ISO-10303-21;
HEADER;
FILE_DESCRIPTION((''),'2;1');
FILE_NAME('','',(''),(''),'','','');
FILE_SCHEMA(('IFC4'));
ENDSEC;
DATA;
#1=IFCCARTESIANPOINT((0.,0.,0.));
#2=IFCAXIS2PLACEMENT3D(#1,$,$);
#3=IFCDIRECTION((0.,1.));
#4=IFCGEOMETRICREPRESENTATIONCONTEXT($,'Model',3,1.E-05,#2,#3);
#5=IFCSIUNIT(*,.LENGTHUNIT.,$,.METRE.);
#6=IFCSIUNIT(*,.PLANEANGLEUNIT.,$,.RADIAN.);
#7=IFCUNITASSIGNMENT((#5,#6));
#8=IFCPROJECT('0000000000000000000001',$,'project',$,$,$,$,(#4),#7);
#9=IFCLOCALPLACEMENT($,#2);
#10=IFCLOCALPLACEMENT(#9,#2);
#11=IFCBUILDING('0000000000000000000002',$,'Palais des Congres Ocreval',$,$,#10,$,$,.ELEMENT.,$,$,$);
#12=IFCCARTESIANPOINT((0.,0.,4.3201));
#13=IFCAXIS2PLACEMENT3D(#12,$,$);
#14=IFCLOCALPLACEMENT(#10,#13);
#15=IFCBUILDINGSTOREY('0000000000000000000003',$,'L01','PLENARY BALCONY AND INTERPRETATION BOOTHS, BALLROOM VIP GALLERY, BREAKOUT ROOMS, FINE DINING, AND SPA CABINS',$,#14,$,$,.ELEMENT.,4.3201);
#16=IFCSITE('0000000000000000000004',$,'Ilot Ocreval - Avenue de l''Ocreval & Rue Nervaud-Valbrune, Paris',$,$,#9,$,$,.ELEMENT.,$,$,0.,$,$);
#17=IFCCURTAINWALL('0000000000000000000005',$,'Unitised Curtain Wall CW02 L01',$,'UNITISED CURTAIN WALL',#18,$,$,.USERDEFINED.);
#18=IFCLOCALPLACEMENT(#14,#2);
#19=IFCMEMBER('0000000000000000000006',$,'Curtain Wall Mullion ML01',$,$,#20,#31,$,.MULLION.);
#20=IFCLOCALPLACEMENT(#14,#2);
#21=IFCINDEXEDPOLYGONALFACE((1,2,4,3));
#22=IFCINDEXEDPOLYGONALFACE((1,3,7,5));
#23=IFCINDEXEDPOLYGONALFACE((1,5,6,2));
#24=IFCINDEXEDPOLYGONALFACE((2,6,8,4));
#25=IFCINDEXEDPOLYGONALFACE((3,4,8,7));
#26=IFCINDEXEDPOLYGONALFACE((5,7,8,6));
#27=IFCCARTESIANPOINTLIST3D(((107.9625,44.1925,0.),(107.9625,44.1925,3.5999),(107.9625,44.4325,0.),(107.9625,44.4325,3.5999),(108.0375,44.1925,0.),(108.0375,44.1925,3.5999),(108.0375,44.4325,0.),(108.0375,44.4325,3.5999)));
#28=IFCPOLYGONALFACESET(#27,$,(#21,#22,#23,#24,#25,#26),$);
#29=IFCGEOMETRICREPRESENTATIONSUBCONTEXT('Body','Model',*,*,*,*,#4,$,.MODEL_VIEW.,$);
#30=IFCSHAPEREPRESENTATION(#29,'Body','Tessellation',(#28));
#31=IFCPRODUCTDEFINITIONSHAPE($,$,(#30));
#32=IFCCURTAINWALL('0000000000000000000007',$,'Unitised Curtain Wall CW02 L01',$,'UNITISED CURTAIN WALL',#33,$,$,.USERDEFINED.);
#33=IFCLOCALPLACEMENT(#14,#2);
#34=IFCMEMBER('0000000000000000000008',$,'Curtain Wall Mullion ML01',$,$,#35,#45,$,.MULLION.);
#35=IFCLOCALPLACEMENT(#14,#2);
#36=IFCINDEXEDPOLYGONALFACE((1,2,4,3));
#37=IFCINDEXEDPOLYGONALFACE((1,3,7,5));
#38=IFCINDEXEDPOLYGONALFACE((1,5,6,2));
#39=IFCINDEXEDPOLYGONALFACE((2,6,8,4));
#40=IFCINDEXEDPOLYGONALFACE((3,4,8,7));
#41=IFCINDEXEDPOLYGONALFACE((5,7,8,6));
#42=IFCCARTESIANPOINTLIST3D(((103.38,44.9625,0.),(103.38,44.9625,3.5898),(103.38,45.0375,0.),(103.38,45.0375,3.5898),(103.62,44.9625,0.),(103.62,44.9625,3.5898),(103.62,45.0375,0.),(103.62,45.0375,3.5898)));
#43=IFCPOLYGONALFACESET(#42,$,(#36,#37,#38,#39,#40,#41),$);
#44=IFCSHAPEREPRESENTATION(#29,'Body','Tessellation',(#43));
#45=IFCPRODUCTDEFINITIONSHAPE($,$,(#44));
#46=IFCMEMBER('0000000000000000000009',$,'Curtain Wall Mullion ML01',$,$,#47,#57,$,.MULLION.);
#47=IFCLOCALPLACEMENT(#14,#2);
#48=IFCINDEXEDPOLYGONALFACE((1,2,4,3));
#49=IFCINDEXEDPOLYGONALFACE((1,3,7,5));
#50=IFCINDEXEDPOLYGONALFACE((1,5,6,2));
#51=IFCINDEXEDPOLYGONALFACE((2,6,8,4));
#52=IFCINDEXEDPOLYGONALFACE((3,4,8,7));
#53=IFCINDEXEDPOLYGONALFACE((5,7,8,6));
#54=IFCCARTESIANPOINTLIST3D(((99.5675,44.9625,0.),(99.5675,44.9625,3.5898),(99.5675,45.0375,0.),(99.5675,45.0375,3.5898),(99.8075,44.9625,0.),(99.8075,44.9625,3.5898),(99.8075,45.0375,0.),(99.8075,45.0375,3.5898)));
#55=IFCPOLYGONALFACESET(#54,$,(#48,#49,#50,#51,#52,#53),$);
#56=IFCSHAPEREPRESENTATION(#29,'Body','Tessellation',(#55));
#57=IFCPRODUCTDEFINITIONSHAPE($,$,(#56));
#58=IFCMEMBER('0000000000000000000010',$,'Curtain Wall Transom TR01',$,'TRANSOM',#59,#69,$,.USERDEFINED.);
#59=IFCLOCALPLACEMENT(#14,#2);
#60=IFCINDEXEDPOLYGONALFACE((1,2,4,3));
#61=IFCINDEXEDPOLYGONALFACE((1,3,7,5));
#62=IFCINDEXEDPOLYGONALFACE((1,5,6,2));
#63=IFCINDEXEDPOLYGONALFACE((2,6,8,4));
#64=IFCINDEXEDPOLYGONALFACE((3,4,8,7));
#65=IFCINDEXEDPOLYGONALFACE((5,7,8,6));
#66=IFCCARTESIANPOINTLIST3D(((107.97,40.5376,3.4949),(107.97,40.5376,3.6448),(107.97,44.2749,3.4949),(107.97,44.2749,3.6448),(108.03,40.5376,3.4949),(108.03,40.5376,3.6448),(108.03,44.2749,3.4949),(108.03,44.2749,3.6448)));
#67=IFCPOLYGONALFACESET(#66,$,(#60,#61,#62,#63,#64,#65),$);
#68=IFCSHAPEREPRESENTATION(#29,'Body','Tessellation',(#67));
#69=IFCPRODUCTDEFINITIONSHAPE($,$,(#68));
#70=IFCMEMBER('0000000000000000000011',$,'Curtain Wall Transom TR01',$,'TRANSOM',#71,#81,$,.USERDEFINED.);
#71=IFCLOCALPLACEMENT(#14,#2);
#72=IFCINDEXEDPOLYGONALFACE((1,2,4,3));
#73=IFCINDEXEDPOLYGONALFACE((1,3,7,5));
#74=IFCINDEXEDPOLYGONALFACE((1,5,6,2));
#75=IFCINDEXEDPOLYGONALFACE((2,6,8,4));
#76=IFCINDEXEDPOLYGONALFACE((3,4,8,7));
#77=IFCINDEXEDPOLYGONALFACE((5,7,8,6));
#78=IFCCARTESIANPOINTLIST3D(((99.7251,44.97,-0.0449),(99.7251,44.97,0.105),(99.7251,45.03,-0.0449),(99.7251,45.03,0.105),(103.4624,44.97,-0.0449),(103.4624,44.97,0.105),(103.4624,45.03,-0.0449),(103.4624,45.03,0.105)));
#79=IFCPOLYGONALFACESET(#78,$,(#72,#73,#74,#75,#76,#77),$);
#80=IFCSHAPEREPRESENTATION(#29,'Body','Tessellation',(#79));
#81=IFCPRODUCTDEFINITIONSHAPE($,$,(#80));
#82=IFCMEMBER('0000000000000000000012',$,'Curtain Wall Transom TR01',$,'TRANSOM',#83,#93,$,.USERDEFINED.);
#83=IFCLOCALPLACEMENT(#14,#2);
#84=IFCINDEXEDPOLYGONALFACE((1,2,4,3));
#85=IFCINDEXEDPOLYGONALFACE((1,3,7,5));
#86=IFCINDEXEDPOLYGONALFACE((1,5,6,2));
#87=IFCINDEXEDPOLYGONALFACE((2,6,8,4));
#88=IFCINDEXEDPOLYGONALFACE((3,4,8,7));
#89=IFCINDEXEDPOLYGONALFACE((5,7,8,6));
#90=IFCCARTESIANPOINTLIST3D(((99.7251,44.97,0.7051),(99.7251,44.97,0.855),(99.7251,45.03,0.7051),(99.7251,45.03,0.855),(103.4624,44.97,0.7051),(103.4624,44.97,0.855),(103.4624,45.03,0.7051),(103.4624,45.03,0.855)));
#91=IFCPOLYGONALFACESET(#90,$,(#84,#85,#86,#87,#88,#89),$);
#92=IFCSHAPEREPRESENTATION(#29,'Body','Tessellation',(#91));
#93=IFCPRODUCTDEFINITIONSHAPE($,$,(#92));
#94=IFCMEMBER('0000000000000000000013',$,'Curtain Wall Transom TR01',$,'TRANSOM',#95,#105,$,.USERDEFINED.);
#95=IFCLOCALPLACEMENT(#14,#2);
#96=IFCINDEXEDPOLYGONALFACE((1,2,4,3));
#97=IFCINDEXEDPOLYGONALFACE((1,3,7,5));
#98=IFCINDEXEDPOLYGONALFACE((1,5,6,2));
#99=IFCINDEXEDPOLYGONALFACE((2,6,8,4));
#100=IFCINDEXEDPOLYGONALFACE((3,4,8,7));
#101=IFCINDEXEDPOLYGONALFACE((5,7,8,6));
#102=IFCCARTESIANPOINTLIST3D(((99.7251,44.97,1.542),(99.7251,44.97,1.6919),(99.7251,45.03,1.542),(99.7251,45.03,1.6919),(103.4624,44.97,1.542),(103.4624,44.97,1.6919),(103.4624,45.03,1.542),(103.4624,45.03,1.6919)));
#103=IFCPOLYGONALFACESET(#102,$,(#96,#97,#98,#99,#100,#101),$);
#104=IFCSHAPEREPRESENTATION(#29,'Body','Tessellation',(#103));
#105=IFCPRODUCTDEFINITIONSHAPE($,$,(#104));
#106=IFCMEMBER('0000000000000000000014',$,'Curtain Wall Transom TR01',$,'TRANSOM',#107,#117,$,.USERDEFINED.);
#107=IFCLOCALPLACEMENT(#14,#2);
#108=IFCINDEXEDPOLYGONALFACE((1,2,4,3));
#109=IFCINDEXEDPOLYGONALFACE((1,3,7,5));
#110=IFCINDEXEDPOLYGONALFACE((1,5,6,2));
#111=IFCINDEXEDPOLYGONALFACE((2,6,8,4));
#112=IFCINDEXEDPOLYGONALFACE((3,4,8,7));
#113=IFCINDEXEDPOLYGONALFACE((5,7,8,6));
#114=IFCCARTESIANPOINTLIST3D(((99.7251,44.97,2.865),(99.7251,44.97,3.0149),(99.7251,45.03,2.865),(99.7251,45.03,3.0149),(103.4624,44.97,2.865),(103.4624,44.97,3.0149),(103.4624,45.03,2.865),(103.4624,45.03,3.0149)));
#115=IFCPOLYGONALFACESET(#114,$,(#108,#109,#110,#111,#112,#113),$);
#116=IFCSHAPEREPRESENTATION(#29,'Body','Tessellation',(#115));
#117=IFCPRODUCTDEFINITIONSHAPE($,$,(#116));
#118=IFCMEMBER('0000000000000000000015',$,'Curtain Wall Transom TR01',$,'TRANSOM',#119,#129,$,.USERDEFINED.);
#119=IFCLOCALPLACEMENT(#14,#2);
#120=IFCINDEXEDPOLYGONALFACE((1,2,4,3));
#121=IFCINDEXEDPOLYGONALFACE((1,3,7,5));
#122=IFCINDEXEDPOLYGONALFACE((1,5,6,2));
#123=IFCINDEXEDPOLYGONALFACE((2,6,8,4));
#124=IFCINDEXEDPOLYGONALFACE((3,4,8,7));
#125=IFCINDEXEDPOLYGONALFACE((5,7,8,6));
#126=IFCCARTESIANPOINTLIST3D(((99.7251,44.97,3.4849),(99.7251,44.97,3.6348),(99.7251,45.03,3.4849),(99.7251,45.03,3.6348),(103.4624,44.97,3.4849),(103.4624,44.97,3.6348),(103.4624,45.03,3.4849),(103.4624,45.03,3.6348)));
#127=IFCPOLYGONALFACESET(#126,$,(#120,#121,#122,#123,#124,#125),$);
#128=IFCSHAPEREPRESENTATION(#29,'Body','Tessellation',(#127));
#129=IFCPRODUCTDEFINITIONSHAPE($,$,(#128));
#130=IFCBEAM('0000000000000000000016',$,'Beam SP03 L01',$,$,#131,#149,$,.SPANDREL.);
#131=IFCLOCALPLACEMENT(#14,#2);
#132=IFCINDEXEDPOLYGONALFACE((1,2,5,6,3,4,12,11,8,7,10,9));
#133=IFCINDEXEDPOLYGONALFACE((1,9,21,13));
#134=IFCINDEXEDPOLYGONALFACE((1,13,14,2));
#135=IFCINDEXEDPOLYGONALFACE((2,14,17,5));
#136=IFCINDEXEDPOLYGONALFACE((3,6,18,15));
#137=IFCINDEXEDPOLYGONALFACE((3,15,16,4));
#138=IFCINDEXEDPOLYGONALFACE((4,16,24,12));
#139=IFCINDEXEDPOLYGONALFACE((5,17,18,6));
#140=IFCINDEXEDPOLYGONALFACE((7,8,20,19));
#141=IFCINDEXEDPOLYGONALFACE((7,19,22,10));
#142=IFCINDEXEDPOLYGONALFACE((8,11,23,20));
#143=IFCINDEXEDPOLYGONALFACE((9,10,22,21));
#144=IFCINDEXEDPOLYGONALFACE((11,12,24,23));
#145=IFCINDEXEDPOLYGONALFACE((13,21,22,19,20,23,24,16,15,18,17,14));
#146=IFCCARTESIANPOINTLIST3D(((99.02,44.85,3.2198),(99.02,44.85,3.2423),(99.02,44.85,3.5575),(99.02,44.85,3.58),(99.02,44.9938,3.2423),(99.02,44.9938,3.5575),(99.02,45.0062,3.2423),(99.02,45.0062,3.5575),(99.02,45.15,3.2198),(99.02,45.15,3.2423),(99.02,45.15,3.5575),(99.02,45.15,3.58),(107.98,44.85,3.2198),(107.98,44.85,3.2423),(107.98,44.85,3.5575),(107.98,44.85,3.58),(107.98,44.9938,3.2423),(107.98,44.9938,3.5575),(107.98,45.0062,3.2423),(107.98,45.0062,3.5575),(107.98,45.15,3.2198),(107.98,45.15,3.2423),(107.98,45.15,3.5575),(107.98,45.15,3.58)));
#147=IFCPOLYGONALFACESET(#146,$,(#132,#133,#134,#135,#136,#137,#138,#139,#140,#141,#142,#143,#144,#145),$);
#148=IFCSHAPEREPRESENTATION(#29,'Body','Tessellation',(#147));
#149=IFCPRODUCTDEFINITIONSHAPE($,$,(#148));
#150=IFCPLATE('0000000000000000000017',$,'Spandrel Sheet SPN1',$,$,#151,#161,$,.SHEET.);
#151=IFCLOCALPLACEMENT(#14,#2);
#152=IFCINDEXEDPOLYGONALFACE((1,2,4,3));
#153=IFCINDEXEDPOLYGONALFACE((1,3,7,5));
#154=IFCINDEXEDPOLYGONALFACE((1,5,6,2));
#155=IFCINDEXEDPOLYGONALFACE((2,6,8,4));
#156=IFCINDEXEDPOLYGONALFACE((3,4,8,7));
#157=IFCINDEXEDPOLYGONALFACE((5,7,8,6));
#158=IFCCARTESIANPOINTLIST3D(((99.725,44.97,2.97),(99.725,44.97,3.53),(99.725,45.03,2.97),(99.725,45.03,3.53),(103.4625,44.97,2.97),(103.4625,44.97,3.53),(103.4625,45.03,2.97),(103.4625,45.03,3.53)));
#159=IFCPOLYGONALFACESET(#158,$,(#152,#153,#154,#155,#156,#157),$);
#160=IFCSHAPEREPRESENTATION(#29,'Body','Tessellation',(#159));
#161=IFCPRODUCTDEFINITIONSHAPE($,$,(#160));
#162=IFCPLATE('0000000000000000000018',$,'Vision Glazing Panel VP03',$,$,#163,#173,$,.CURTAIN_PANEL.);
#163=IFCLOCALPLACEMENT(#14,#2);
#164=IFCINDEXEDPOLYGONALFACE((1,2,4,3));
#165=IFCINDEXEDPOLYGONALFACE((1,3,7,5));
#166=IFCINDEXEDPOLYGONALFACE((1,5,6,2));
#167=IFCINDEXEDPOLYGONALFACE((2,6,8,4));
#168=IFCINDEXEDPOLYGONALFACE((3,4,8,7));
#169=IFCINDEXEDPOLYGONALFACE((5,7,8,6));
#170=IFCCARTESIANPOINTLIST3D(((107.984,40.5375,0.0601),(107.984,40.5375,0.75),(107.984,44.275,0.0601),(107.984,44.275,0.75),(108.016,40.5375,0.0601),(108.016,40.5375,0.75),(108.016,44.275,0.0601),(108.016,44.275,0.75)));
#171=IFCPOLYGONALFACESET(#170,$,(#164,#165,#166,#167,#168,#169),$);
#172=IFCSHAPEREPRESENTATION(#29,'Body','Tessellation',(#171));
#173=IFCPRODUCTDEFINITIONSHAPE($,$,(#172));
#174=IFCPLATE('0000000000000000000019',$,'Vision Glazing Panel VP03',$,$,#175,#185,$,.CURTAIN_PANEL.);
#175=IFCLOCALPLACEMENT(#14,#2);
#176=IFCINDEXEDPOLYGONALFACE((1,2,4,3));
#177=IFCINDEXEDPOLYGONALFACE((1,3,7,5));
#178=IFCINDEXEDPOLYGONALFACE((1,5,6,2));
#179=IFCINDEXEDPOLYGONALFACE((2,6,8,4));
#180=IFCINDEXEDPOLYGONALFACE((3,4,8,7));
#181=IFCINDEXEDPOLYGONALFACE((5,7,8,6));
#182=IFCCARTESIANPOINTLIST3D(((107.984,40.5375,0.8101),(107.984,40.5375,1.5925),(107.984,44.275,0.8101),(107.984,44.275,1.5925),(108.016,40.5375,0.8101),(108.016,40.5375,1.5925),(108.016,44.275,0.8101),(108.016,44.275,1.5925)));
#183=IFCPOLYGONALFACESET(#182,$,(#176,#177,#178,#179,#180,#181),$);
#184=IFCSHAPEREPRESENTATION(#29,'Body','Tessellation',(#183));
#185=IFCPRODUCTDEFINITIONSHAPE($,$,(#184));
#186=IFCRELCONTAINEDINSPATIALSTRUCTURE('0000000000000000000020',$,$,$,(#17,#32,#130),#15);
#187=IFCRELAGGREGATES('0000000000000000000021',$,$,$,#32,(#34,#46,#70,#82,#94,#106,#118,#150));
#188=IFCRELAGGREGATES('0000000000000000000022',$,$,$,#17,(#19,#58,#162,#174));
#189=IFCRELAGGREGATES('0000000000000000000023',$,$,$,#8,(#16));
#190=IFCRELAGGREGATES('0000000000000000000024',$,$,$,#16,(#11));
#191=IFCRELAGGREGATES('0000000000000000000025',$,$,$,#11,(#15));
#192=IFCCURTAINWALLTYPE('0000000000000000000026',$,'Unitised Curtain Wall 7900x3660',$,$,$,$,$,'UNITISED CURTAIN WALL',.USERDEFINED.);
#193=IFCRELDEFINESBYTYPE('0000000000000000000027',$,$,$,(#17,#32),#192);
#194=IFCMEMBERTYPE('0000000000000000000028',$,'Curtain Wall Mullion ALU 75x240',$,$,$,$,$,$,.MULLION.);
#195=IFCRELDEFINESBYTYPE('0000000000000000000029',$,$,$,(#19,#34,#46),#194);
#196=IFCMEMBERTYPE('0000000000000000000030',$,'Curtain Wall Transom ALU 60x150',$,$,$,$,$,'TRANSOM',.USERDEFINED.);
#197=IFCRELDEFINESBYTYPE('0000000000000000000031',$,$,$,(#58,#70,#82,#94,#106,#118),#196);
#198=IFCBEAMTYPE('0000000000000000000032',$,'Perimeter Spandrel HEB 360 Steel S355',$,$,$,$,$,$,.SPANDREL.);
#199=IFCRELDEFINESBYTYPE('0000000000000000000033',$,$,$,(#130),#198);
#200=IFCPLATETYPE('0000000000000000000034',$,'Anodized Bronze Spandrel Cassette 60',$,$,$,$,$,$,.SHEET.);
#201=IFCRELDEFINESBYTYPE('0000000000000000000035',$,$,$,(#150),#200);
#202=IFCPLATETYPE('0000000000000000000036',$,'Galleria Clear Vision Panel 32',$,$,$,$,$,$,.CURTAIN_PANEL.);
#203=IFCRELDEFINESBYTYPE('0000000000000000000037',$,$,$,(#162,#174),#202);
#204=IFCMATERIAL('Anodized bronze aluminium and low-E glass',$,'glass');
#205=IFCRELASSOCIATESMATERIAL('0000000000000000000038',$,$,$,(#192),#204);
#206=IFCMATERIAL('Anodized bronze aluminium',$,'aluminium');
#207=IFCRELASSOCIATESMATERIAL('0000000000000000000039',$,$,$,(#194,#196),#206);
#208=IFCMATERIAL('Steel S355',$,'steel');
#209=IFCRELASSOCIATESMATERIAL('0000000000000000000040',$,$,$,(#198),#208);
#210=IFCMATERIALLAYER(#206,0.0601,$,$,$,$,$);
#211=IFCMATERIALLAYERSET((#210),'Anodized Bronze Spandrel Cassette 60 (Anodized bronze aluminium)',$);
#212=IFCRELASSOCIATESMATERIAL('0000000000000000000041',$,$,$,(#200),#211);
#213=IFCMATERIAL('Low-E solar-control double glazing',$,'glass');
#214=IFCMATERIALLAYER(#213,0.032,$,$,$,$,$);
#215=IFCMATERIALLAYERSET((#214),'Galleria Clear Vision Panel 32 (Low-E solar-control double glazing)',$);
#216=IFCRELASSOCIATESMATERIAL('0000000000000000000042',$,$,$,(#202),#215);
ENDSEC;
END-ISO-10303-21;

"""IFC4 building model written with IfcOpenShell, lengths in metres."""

from ifc_helpers import new_model, si_unit, direction, frame, origin, origin_2d, place, context, subcontext, project, spatial, rectangle, i_section, extrude, material, layer, layer_set, material_profile, profile_set, type_object, element, aggregate, save


model = new_model("IFC4")

# Units and contexts
model_context = context("Model", 3, precision=1e-05, world=origin(), true_north=direction((0.0, 1.0)))
body_context = subcontext(model_context, "Body", "Model", "MODEL_VIEW")
ifc_project = project(units=[si_unit("LENGTHUNIT", "METRE"), si_unit("PLANEANGLEUNIT", "RADIAN")], contexts=[model_context])

# Site, building, storey
site_placement = place(None, origin())
site = spatial("IfcSite", under=ifc_project, at=site_placement, Name="Ilot Ocreval - Avenue de l'Ocreval & Rue Nervaud-Valbrune, Paris", CompositionType="ELEMENT", RefElevation=0.0)
building_placement = place(site_placement, origin())
building = spatial("IfcBuilding", under=site, at=building_placement, Name="Palais des Congres Ocreval", CompositionType="ELEMENT")
storey_placement = place(building_placement, frame((0.0, 0.0, 4.3201)))
storey = spatial("IfcBuildingStorey", under=building, at=storey_placement, Name="L01", Description="PLENARY BALCONY AND INTERPRETATION BOOTHS, BALLROOM VIP GALLERY, BREAKOUT ROOMS, FINE DINING, AND SPA CABINS", CompositionType="ELEMENT", Elevation=4.3201)

# Curtain wall, member
ifc_material_1 = material(Name="Anodized bronze aluminium and low-E glass", Category="glass")
curtain_wall_type = type_object("IfcCurtainWallType", Name="Unitised Curtain Wall 7900x3660", ElementType="UNITISED CURTAIN WALL", PredefinedType="USERDEFINED", material=ifc_material_1)
curtain_wall_1_placement = place(storey_placement, origin())
curtain_wall_1 = element("IfcCurtainWall", 1, at=curtain_wall_1_placement, inside=storey, type_object=curtain_wall_type, Name="Unitised Curtain Wall CW02 L01", ObjectType="UNITISED CURTAIN WALL", PredefinedType="USERDEFINED")
ifc_material_2 = material(Name="Anodized bronze aluminium", Category="aluminium")
ifc_material_profile_1 = material_profile(ifc_material_2, rectangle(XDim=0.075, YDim=0.24, at=origin_2d()), Name="ALU 75x240")
ifc_profile_set_1 = profile_set([ifc_material_profile_1], Name="Anodized bronze aluminium")
member_type_1 = type_object("IfcMemberType", Name="Curtain Wall Mullion ALU 75x240", PredefinedType="MULLION", material=ifc_profile_set_1)
member_1_placement = place(storey_placement, frame((108.0, 44.3125, 0.0), z_axis=(0.0, 0.0, 1.0), x_axis=(-1.0, 0.0, 0.0)))
member_1 = element("IfcMember", 2, at=member_1_placement, type_object=member_type_1, Name="Curtain Wall Mullion ML01", PredefinedType="MULLION", context=body_context, shape_type="SweptSolid", body=[
    extrude(rectangle(XDim=0.075, YDim=0.24, at=origin_2d()), origin(), (0.0, 0.0, 1.0), 3.5999),
])

# Curtain wall, members
curtain_wall_2_placement = place(storey_placement, origin())
curtain_wall_2 = element("IfcCurtainWall", 3, at=curtain_wall_2_placement, inside=storey, type_object=curtain_wall_type, Name="Unitised Curtain Wall CW02 L01", ObjectType="UNITISED CURTAIN WALL", PredefinedType="USERDEFINED")
member_2_placement = place(storey_placement, frame((103.5, 45.0, 0.0), z_axis=(0.0, 0.0, 1.0), x_axis=(0.0, -1.0, 0.0)))
member_2 = element("IfcMember", 4, at=member_2_placement, type_object=member_type_1, Name="Curtain Wall Mullion ML01", PredefinedType="MULLION", context=body_context, shape_type="SweptSolid", body=[
    extrude(rectangle(XDim=0.075, YDim=0.24, at=origin_2d()), origin(), (0.0, 0.0, 1.0), 3.5898),
])
member_3_placement = place(storey_placement, frame((99.6875, 45.0, 0.0), z_axis=(0.0, 0.0, 1.0), x_axis=(0.0, -1.0, 0.0)))
member_3 = element("IfcMember", 5, at=member_3_placement, type_object=member_type_1, Name="Curtain Wall Mullion ML01", PredefinedType="MULLION", context=body_context, shape_type="SweptSolid", body=[
    extrude(rectangle(XDim=0.075, YDim=0.24, at=origin_2d()), origin(), (0.0, 0.0, 1.0), 3.5898),
])

# Members
ifc_material_profile_2 = material_profile(ifc_material_2, rectangle(XDim=0.0601, YDim=0.1499, at=origin_2d()), Name="ALU 60x150")
ifc_profile_set_2 = profile_set([ifc_material_profile_2], Name="Anodized bronze aluminium")
member_type_2 = type_object("IfcMemberType", Name="Curtain Wall Transom ALU 60x150", ElementType="TRANSOM", PredefinedType="USERDEFINED", material=ifc_profile_set_2)
member_4_placement = place(storey_placement, frame((108.0, 40.5376, 3.5698), z_axis=(0.0, 1.0, 0.0), x_axis=(-1.0, 0.0, 0.0)))
member_4 = element("IfcMember", 6, at=member_4_placement, type_object=member_type_2, Name="Curtain Wall Transom TR01", ObjectType="TRANSOM", PredefinedType="USERDEFINED", context=body_context, shape_type="SweptSolid", body=[
    extrude(rectangle(XDim=0.0601, YDim=0.1499, at=origin_2d()), origin(), (0.0, 0.0, 1.0), 3.7373),
])
member_5_placement = place(storey_placement, frame((103.4624, 45.0, 0.03), z_axis=(-1.0, 0.0, 0.0), x_axis=(0.0, -1.0, 0.0)))
member_5 = element("IfcMember", 7, at=member_5_placement, type_object=member_type_2, Name="Curtain Wall Transom TR01", ObjectType="TRANSOM", PredefinedType="USERDEFINED", context=body_context, shape_type="SweptSolid", body=[
    extrude(rectangle(XDim=0.0601, YDim=0.1499, at=origin_2d()), origin(), (0.0, 0.0, 1.0), 3.7373),
])
member_6_placement = place(storey_placement, frame((103.4624, 45.0, 0.78), z_axis=(-1.0, 0.0, 0.0), x_axis=(0.0, -1.0, 0.0)))
member_6 = element("IfcMember", 8, at=member_6_placement, type_object=member_type_2, Name="Curtain Wall Transom TR01", ObjectType="TRANSOM", PredefinedType="USERDEFINED", context=body_context, shape_type="SweptSolid", body=[
    extrude(rectangle(XDim=0.0601, YDim=0.1499, at=origin_2d()), origin(), (0.0, 0.0, 1.0), 3.7373),
])
member_7_placement = place(storey_placement, frame((103.4624, 45.0, 1.6169), z_axis=(-1.0, 0.0, 0.0), x_axis=(0.0, -1.0, 0.0)))
member_7 = element("IfcMember", 9, at=member_7_placement, type_object=member_type_2, Name="Curtain Wall Transom TR01", ObjectType="TRANSOM", PredefinedType="USERDEFINED", context=body_context, shape_type="SweptSolid", body=[
    extrude(rectangle(XDim=0.0601, YDim=0.1499, at=origin_2d()), origin(), (0.0, 0.0, 1.0), 3.7373),
])
member_8_placement = place(storey_placement, frame((103.4624, 45.0, 2.9399), z_axis=(-1.0, 0.0, 0.0), x_axis=(0.0, -1.0, 0.0)))
member_8 = element("IfcMember", 10, at=member_8_placement, type_object=member_type_2, Name="Curtain Wall Transom TR01", ObjectType="TRANSOM", PredefinedType="USERDEFINED", context=body_context, shape_type="SweptSolid", body=[
    extrude(rectangle(XDim=0.0601, YDim=0.1499, at=origin_2d()), origin(), (0.0, 0.0, 1.0), 3.7373),
])
member_9_placement = place(storey_placement, frame((103.4624, 45.0, 3.5598), z_axis=(-1.0, 0.0, 0.0), x_axis=(0.0, -1.0, 0.0)))
member_9 = element("IfcMember", 11, at=member_9_placement, type_object=member_type_2, Name="Curtain Wall Transom TR01", ObjectType="TRANSOM", PredefinedType="USERDEFINED", context=body_context, shape_type="SweptSolid", body=[
    extrude(rectangle(XDim=0.0601, YDim=0.1499, at=origin_2d()), origin(), (0.0, 0.0, 1.0), 3.7373),
])

# Beam
ifc_material_3 = material(Name="Steel S355", Category="steel")
ifc_material_profile_3 = material_profile(ifc_material_3, i_section(OverallWidth=0.3, OverallDepth=0.3601, WebThickness=0.0125, FlangeThickness=0.0225, at=origin_2d()), Name="HEB 360")
ifc_profile_set_3 = profile_set([ifc_material_profile_3], Name="Steel S355")
beam_type = type_object("IfcBeamType", Name="Perimeter Spandrel HEB 360 Steel S355", PredefinedType="SPANDREL", material=ifc_profile_set_3)
beam_placement = place(storey_placement, frame((99.02, 45.0, 3.3999), z_axis=(1.0, 0.0, 0.0), x_axis=(0.0, 1.0, 0.0)))
element("IfcBeam", 12, at=beam_placement, inside=storey, type_object=beam_type, Name="Beam SP03 L01", PredefinedType="SPANDREL", context=body_context, shape_type="SweptSolid", body=[
    extrude(i_section(OverallWidth=0.3, OverallDepth=0.3601, WebThickness=0.0125, FlangeThickness=0.0225, at=origin_2d()), origin(), (0.0, 0.0, 1.0), 8.96),
])

# Plates
ifc_layer_1 = layer(ifc_material_2, 0.0601)
ifc_layer_set_1 = layer_set([ifc_layer_1], Name="Anodized Bronze Spandrel Cassette 60 (Anodized bronze aluminium)")
plate_type_1 = type_object("IfcPlateType", Name="Anodized Bronze Spandrel Cassette 60", PredefinedType="SHEET", material=ifc_layer_set_1)
plate_1_placement = place(storey_placement, frame((101.5938, 45.0, 2.97), z_axis=(0.0, 0.0, 1.0), x_axis=(-1.0, 0.0, 0.0)))
plate_1 = element("IfcPlate", 13, at=plate_1_placement, type_object=plate_type_1, Name="Spandrel Sheet SPN1", PredefinedType="SHEET", context=body_context, shape_type="SweptSolid", body=[
    extrude(rectangle(XDim=3.7375, YDim=0.0601, at=origin_2d()), origin(), (0.0, 0.0, 1.0), 0.5601),
])
ifc_material_4 = material(Name="Low-E solar-control double glazing", Category="glass")
ifc_layer_2 = layer(ifc_material_4, 0.032)
ifc_layer_set_2 = layer_set([ifc_layer_2], Name="Galleria Clear Vision Panel 32 (Low-E solar-control double glazing)")
plate_type_2 = type_object("IfcPlateType", Name="Galleria Clear Vision Panel 32", PredefinedType="CURTAIN_PANEL", material=ifc_layer_set_2)
plate_2_placement = place(storey_placement, frame((108.0, 42.4062, 0.0601), z_axis=(0.0, 0.0, 1.0), x_axis=(0.0, 1.0, 0.0)))
plate_2 = element("IfcPlate", 14, at=plate_2_placement, type_object=plate_type_2, Name="Vision Glazing Panel VP03", PredefinedType="CURTAIN_PANEL", context=body_context, shape_type="SweptSolid", body=[
    extrude(rectangle(XDim=3.7375, YDim=0.032, at=origin_2d()), origin(), (0.0, 0.0, 1.0), 0.6899),
])
plate_3_placement = place(storey_placement, frame((108.0, 42.4062, 0.8101), z_axis=(0.0, 0.0, 1.0), x_axis=(0.0, 1.0, 0.0)))
plate_3 = element("IfcPlate", 15, at=plate_3_placement, type_object=plate_type_2, Name="Vision Glazing Panel VP03", PredefinedType="CURTAIN_PANEL", context=body_context, shape_type="SweptSolid", body=[
    extrude(rectangle(XDim=3.7375, YDim=0.032, at=origin_2d()), origin(), (0.0, 0.0, 1.0), 0.7825),
])
aggregate(curtain_wall_2, [member_2, member_3, member_5, member_6, member_7, member_8, member_9, plate_1])
aggregate(curtain_wall_1, [member_1, member_4, plate_2, plate_3])

save(model, "model.ifc")
